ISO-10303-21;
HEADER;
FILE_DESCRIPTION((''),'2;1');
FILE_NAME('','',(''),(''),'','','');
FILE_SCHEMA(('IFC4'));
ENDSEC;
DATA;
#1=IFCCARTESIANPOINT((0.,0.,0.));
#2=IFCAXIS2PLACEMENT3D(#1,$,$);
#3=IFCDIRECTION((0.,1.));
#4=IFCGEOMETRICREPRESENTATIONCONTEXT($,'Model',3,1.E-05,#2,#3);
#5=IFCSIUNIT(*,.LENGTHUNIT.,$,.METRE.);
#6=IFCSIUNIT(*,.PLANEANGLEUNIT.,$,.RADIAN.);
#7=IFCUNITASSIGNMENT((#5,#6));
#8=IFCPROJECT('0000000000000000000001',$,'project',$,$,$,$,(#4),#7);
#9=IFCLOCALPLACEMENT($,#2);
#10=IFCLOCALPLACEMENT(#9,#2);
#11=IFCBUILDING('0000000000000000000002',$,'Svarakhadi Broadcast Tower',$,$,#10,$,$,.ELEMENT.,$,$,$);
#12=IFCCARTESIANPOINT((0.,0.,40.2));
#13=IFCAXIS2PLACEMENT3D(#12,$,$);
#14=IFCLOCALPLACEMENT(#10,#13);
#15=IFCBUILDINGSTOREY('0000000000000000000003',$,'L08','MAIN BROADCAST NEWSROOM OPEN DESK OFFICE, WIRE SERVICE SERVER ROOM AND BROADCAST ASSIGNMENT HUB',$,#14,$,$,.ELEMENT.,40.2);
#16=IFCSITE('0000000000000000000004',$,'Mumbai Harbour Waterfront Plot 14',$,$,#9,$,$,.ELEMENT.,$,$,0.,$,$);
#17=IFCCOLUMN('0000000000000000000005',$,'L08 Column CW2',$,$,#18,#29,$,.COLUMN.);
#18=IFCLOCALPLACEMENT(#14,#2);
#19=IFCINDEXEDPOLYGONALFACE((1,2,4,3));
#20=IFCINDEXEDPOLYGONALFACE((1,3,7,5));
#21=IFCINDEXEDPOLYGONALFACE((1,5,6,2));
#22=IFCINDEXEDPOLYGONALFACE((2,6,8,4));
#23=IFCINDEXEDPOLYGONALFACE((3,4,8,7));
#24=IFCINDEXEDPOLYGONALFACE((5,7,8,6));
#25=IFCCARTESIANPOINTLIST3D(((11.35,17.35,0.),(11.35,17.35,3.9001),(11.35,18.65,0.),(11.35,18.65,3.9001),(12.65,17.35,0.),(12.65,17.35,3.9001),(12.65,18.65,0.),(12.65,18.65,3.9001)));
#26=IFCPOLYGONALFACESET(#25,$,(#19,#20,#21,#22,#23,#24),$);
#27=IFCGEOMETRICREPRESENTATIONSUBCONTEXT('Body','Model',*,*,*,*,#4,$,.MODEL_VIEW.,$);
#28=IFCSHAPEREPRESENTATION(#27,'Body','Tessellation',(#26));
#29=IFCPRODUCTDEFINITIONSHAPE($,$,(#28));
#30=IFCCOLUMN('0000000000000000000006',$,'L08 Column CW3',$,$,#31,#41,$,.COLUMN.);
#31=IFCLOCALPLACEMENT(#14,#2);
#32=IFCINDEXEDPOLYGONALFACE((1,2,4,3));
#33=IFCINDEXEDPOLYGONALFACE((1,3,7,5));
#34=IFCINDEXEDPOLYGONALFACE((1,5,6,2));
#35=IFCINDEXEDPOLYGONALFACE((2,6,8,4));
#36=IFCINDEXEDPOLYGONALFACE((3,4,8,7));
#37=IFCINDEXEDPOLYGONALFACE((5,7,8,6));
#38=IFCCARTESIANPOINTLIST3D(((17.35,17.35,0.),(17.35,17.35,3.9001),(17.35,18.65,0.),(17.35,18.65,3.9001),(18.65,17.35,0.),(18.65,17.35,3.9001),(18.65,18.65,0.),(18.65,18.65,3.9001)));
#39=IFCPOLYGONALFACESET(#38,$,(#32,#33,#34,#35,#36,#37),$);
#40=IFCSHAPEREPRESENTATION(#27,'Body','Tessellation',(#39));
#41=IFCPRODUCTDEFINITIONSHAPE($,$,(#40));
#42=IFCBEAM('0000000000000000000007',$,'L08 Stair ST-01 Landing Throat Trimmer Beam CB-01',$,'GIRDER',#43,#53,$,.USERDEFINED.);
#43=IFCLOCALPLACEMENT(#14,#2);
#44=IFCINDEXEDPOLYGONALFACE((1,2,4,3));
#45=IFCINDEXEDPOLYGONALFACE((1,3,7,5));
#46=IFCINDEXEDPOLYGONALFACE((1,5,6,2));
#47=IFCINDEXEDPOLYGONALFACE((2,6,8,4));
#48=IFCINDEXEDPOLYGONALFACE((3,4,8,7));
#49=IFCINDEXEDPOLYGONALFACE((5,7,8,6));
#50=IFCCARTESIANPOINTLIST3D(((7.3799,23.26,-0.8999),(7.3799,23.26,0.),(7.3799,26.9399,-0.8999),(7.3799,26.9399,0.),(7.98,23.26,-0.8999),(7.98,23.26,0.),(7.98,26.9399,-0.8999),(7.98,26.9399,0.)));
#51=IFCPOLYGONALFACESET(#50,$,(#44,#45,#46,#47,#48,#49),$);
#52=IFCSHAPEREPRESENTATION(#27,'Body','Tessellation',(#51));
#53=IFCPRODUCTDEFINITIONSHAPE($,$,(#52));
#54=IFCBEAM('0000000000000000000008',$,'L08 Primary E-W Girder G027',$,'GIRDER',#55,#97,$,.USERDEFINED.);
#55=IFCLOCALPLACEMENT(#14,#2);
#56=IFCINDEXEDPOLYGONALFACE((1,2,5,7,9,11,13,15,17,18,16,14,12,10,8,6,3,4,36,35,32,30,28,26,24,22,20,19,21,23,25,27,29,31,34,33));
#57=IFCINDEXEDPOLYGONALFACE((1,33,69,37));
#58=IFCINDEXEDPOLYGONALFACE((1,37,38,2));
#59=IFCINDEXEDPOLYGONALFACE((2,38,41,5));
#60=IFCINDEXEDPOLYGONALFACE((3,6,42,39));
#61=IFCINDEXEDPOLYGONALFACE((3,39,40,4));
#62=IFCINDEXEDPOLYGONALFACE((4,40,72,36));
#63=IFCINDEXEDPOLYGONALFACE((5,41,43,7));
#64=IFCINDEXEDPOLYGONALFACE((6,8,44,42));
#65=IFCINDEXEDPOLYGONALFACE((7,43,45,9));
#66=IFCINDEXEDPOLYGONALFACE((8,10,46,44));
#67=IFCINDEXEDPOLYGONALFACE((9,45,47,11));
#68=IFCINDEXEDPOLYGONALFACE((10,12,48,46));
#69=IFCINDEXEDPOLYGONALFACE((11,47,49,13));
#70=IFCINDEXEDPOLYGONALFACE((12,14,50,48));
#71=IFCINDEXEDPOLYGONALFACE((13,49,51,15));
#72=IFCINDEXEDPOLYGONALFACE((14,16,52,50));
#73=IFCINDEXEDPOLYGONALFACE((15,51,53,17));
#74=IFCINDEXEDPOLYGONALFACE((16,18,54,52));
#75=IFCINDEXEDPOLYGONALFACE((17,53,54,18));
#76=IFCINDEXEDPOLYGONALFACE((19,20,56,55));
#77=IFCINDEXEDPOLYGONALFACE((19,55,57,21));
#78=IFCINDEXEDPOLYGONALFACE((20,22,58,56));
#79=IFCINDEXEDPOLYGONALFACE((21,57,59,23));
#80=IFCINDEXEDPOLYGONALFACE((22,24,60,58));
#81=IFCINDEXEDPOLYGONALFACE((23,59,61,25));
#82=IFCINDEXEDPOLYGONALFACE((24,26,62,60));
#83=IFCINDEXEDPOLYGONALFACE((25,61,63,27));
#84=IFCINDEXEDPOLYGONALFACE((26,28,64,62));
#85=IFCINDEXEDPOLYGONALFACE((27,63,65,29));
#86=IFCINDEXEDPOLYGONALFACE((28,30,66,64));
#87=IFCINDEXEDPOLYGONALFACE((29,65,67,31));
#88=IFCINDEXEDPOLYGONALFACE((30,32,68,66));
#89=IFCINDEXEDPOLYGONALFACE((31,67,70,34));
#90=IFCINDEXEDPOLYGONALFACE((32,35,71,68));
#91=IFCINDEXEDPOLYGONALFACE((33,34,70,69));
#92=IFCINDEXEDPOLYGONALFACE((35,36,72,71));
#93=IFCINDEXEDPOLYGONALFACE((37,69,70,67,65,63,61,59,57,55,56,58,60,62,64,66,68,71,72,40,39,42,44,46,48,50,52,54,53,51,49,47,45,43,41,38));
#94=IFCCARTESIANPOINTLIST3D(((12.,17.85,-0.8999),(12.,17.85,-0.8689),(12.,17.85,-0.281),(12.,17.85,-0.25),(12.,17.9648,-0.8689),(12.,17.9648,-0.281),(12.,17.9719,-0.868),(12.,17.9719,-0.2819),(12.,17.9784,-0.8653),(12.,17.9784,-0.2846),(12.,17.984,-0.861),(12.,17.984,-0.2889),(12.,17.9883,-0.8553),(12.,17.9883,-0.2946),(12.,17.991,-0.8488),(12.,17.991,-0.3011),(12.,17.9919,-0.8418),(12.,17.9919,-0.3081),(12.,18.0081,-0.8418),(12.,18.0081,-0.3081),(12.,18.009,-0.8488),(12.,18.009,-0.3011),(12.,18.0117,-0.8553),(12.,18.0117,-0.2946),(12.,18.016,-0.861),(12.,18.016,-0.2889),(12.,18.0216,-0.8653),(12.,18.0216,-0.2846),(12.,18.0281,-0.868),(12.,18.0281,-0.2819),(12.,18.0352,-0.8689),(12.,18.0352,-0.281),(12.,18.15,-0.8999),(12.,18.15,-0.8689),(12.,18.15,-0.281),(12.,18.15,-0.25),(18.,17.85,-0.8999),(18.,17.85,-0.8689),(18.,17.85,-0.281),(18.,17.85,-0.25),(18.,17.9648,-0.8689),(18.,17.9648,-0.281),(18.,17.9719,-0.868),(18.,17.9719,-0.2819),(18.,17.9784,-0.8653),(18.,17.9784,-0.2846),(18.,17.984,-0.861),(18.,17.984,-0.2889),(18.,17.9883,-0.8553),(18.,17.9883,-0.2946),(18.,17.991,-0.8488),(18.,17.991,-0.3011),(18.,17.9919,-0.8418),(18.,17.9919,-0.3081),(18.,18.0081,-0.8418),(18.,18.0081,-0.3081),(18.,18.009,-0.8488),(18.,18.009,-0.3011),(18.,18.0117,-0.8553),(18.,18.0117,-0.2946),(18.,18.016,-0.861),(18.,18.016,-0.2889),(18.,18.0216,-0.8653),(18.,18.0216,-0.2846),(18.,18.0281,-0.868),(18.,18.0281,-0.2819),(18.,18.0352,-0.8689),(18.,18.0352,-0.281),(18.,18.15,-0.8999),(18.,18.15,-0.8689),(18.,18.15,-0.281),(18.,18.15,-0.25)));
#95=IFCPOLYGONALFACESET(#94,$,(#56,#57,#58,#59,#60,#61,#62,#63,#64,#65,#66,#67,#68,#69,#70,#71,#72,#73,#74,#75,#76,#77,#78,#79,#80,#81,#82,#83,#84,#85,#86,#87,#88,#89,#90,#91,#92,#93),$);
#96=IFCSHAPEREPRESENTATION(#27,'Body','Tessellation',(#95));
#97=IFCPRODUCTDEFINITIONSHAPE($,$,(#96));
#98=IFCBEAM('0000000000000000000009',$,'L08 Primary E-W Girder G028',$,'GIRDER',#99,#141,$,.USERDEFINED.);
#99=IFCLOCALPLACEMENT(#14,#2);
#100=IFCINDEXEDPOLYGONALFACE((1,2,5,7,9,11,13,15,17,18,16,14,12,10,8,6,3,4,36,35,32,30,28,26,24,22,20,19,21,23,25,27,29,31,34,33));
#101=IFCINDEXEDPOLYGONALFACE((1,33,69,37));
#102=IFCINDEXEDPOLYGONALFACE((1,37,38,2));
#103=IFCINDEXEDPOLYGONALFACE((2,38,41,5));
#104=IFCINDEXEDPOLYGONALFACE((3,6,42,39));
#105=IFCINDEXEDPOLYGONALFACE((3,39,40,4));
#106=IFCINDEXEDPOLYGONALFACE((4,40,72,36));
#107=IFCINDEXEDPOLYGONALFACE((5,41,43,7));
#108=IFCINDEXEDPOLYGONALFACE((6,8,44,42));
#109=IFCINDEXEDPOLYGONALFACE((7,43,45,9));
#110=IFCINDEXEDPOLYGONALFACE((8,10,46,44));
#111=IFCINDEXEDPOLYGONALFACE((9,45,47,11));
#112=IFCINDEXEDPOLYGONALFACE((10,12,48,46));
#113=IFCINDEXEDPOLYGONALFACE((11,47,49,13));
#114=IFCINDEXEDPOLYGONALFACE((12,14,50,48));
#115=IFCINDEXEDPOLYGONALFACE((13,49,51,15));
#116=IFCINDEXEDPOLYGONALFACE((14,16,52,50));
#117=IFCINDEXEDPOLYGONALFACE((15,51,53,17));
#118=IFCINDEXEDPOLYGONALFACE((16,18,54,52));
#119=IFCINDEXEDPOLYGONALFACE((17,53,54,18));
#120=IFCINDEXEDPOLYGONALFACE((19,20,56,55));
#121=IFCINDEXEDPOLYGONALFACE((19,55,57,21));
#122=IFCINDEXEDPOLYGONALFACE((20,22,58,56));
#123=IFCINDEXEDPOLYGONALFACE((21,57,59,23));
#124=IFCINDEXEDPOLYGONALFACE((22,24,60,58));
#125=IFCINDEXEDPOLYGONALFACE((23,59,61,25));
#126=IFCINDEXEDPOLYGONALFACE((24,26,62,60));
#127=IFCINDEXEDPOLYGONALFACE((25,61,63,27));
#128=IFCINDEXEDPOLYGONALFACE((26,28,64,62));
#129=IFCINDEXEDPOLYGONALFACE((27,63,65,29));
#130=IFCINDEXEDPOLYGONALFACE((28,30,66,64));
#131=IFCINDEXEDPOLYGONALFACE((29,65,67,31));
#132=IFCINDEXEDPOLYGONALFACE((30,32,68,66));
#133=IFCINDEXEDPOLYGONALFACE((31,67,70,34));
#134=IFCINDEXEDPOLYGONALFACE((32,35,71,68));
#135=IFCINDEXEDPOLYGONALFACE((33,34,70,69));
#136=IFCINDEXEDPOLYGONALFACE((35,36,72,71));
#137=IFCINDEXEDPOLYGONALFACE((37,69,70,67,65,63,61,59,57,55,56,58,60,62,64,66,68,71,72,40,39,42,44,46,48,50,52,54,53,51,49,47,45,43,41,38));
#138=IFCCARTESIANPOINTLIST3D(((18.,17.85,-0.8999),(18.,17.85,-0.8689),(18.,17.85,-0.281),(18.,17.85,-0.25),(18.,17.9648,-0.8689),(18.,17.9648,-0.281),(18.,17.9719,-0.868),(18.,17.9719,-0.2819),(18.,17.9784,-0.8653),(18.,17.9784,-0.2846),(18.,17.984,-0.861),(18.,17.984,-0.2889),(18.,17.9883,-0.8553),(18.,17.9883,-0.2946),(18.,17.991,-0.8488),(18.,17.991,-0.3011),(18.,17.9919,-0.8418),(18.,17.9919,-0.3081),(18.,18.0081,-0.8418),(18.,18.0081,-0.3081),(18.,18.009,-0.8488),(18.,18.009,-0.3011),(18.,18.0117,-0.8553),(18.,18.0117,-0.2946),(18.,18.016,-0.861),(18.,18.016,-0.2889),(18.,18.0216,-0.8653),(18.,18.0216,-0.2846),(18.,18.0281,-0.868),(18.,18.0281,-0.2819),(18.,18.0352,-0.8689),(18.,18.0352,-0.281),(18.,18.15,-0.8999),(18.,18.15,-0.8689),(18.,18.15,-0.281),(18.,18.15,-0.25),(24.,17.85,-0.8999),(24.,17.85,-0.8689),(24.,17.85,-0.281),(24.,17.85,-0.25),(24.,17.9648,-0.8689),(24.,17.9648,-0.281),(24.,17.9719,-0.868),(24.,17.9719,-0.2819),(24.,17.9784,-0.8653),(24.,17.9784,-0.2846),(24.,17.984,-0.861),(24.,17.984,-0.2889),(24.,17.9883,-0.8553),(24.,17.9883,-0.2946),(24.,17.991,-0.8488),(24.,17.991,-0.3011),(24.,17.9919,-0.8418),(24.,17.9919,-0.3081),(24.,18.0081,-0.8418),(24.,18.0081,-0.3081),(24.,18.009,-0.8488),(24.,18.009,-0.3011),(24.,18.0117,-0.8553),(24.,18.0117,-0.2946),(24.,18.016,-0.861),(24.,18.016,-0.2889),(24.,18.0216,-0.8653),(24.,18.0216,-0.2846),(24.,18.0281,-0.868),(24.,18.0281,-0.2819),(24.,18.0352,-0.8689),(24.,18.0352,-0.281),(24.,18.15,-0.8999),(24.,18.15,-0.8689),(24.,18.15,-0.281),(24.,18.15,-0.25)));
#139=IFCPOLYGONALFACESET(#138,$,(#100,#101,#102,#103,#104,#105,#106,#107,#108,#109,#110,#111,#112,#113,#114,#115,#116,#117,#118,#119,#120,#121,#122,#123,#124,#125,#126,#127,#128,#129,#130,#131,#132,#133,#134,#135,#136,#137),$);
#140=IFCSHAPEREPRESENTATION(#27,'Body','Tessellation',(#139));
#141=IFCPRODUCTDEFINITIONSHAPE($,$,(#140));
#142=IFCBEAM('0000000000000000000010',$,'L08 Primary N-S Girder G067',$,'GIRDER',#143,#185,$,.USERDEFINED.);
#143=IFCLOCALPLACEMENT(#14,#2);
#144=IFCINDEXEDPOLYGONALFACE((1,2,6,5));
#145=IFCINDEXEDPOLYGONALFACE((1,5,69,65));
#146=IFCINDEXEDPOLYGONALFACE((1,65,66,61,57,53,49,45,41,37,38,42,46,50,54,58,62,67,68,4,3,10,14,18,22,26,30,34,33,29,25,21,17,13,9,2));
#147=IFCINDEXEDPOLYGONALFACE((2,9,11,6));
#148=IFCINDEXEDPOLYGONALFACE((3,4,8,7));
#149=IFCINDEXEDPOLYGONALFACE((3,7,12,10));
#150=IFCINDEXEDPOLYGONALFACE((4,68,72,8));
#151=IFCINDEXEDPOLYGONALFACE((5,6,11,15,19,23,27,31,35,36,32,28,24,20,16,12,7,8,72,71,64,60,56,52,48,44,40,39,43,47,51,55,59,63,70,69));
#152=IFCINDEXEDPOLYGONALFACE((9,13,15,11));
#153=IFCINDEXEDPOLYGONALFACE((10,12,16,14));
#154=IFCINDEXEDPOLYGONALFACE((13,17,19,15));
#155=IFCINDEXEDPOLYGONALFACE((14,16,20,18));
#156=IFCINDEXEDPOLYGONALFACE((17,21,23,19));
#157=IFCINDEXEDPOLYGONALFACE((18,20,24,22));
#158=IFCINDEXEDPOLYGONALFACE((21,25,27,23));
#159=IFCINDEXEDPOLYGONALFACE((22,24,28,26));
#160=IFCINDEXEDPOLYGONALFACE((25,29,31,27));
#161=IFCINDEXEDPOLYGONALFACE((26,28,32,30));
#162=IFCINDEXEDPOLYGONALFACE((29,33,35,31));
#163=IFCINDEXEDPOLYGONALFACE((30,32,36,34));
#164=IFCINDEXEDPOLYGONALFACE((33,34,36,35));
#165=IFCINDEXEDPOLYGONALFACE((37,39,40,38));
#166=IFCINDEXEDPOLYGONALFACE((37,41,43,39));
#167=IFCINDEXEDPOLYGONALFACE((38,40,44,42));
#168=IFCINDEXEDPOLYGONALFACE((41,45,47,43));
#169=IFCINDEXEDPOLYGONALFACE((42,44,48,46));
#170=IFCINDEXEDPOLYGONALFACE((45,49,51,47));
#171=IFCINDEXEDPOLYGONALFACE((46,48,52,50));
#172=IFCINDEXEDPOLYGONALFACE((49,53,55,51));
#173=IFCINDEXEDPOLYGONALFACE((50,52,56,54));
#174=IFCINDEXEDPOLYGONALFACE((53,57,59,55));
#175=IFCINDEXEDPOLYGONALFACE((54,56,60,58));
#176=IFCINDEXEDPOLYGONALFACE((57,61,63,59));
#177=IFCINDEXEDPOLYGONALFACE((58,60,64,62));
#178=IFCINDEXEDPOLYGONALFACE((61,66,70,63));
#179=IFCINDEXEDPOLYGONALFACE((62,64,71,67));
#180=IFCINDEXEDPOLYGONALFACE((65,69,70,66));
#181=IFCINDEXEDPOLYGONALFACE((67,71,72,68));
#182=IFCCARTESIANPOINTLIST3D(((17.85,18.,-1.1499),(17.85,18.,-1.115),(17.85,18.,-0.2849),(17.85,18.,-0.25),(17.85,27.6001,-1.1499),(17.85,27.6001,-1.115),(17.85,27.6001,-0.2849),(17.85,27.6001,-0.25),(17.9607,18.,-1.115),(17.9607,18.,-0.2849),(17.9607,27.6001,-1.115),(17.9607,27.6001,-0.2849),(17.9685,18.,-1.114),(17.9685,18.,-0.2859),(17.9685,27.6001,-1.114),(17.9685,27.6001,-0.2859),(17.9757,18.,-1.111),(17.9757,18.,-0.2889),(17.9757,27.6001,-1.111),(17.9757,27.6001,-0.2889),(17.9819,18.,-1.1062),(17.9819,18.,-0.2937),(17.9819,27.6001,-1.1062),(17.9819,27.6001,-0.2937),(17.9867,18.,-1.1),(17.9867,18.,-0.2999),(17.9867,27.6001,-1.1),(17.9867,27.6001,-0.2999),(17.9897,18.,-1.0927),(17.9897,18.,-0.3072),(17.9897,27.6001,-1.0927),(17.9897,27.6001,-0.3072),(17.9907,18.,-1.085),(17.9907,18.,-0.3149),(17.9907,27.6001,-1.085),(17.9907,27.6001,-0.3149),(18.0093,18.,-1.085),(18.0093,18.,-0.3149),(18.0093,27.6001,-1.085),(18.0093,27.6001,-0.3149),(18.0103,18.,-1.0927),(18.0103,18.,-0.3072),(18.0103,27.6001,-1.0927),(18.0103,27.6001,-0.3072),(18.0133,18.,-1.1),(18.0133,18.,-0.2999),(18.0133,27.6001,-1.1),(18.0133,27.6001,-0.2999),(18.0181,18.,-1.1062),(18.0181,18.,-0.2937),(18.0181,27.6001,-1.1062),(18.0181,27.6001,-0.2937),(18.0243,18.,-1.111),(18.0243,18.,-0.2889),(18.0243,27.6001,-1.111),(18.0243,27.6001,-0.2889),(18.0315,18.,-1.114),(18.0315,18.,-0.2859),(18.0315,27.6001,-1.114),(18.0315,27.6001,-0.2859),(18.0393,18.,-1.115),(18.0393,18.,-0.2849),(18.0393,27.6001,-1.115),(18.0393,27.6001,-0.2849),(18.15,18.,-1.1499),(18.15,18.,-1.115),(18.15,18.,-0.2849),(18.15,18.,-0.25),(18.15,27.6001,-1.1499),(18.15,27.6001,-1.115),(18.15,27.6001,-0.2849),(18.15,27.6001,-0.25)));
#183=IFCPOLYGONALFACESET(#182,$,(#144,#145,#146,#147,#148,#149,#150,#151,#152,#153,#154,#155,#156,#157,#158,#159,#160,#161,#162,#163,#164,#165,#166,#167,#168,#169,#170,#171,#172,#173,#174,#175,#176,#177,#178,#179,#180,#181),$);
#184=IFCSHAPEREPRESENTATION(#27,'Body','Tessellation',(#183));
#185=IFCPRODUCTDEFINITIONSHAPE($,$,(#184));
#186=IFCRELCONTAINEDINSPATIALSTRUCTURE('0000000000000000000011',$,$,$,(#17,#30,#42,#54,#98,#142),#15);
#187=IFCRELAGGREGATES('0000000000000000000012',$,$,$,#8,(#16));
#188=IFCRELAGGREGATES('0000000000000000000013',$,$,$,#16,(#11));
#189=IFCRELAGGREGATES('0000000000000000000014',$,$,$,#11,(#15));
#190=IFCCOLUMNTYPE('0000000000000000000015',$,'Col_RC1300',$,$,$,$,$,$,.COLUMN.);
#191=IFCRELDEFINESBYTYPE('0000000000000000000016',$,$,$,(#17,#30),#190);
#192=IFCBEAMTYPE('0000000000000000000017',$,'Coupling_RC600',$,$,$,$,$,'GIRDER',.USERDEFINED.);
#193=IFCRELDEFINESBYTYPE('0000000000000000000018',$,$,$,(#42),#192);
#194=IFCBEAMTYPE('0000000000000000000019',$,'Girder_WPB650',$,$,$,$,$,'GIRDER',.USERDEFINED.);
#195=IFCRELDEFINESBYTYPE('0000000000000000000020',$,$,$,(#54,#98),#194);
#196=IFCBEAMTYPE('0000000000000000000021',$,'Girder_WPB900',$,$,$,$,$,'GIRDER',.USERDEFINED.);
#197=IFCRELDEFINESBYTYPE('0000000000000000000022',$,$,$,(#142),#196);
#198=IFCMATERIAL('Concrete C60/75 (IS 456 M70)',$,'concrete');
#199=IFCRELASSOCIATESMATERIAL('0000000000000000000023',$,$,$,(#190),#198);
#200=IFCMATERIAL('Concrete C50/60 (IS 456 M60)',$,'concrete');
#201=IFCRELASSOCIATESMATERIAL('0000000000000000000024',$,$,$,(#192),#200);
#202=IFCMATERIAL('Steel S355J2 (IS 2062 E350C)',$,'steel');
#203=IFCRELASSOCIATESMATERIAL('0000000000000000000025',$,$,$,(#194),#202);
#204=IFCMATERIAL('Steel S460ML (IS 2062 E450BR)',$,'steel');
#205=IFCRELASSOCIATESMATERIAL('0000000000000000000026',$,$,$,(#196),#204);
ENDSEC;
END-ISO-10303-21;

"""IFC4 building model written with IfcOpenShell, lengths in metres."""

from ifc_helpers import new_model, si_unit, direction, frame, origin, origin_2d, place, context, subcontext, project, spatial, rectangle, i_section, extrude, material, material_profile, profile_set, type_object, element, save


model = new_model("IFC4")

# Units and contexts
model_context = context("Model", 3, precision=1e-05, world=origin(), true_north=direction((0.0, 1.0)))
body_context = subcontext(model_context, "Body", "Model", "MODEL_VIEW")
ifc_project = project(units=[si_unit("LENGTHUNIT", "METRE"), si_unit("PLANEANGLEUNIT", "RADIAN")], contexts=[model_context])

# Site, building, storey
site_placement = place(None, origin())
site = spatial("IfcSite", under=ifc_project, at=site_placement, Name="Mumbai Harbour Waterfront Plot 14", CompositionType="ELEMENT", RefElevation=0.0)
building_placement = place(site_placement, origin())
building = spatial("IfcBuilding", under=site, at=building_placement, Name="Svarakhadi Broadcast Tower", CompositionType="ELEMENT")
storey_placement = place(building_placement, frame((0.0, 0.0, 40.2)))
storey = spatial("IfcBuildingStorey", under=building, at=storey_placement, Name="L08", Description="MAIN BROADCAST NEWSROOM OPEN DESK OFFICE, WIRE SERVICE SERVER ROOM AND BROADCAST ASSIGNMENT HUB", CompositionType="ELEMENT", Elevation=40.2)

# Columns
ifc_material_1 = material(Name="Concrete C60/75 (IS 456 M70)", Category="concrete")
ifc_material_profile_1 = material_profile(ifc_material_1, rectangle(XDim=1.3, YDim=1.3, at=origin_2d()), Name="RC 1300x1300")
ifc_profile_set_1 = profile_set([ifc_material_profile_1], Name="Concrete C60/75 (IS 456 M70)")
column_type = type_object("IfcColumnType", Name="Col_RC1300", PredefinedType="COLUMN", material=ifc_profile_set_1)
for number, where, z_axis, x_axis, name in (
    (1, (12.0, 18.0, 0.0), (0.0, 0.0, 1.0), (1.0, 0.0, 0.0), "L08 Column CW2"),
    (2, (18.0, 18.0, 0.0), (0.0, 0.0, 1.0), (1.0, 0.0, 0.0), "L08 Column CW3"),
):
    element("IfcColumn", number, at=place(storey_placement, frame(where, z_axis=z_axis, x_axis=x_axis)), inside=storey, type_object=column_type, Name=name, PredefinedType="COLUMN", context=body_context, shape_type="SweptSolid", body=[
        extrude(rectangle(XDim=1.3, YDim=1.3, at=origin_2d()), origin(), (0.0, 0.0, 1.0), 3.9001),
    ])

# Beams
ifc_material_2 = material(Name="Concrete C50/60 (IS 456 M60)", Category="concrete")
ifc_material_profile_2 = material_profile(ifc_material_2, rectangle(XDim=0.6001, YDim=0.8999, at=origin_2d()), Name="RC 600x900")
ifc_profile_set_2 = profile_set([ifc_material_profile_2], Name="Concrete C50/60 (IS 456 M60)")
beam_type_1 = type_object("IfcBeamType", Name="Coupling_RC600", ElementType="GIRDER", PredefinedType="USERDEFINED", material=ifc_profile_set_2)
beam_1_placement = place(storey_placement, frame((7.6799, 23.26, -0.45), z_axis=(0.0, 1.0, 0.0), x_axis=(-1.0, 0.0, 0.0)))
element("IfcBeam", 3, at=beam_1_placement, inside=storey, type_object=beam_type_1, Name="L08 Stair ST-01 Landing Throat Trimmer Beam CB-01", ObjectType="GIRDER", PredefinedType="USERDEFINED", context=body_context, shape_type="SweptSolid", body=[
    extrude(rectangle(XDim=0.6001, YDim=0.8999, at=origin_2d()), origin(), (0.0, 0.0, 1.0), 3.6799),
])
ifc_material_3 = material(Name="Steel S355J2 (IS 2062 E350C)", Category="steel")
ifc_material_profile_3 = material_profile(ifc_material_3, i_section(OverallWidth=0.3, OverallDepth=0.6499, WebThickness=0.0161, FlangeThickness=0.031, FilletRadius=0.0271, at=origin_2d()), Name="WPB 650x300x225")
ifc_profile_set_3 = profile_set([ifc_material_profile_3], Name="Steel S355J2 (IS 2062 E350C)")
beam_type_2 = type_object("IfcBeamType", Name="Girder_WPB650", ElementType="GIRDER", PredefinedType="USERDEFINED", material=ifc_profile_set_3)
for number, where, z_axis, x_axis, name in (
    (4, (12.0, 18.0, -0.575), (1.0, 0.0, 0.0), (0.0, 1.0, 0.0), "L08 Primary E-W Girder G027"),
    (5, (18.0, 18.0, -0.575), (1.0, 0.0, 0.0), (0.0, 1.0, 0.0), "L08 Primary E-W Girder G028"),
):
    element("IfcBeam", number, at=place(storey_placement, frame(where, z_axis=z_axis, x_axis=x_axis)), inside=storey, type_object=beam_type_2, Name=name, ObjectType="GIRDER", PredefinedType="USERDEFINED", context=body_context, shape_type="SweptSolid", body=[
        extrude(i_section(OverallWidth=0.3, OverallDepth=0.6499, WebThickness=0.0161, FlangeThickness=0.031, FilletRadius=0.0271, at=origin_2d()), origin(), (0.0, 0.0, 1.0), 6.0),
    ])
ifc_material_4 = material(Name="Steel S460ML (IS 2062 E450BR)", Category="steel")
ifc_material_profile_4 = material_profile(ifc_material_4, i_section(OverallWidth=0.3, OverallDepth=0.8999, WebThickness=0.0186, FlangeThickness=0.0349, FilletRadius=0.03, at=origin_2d()), Name="WPB 900x300x291")
ifc_profile_set_4 = profile_set([ifc_material_profile_4], Name="Steel S460ML (IS 2062 E450BR)")
beam_type_3 = type_object("IfcBeamType", Name="Girder_WPB900", ElementType="GIRDER", PredefinedType="USERDEFINED", material=ifc_profile_set_4)
beam_2_placement = place(storey_placement, frame((18.0, 18.0, -0.7), z_axis=(0.0, 1.0, 0.0), x_axis=(-1.0, 0.0, 0.0)))
element("IfcBeam", 6, at=beam_2_placement, inside=storey, type_object=beam_type_3, Name="L08 Primary N-S Girder G067", ObjectType="GIRDER", PredefinedType="USERDEFINED", context=body_context, shape_type="SweptSolid", body=[
    extrude(i_section(OverallWidth=0.3, OverallDepth=0.8999, WebThickness=0.0186, FlangeThickness=0.0349, FilletRadius=0.03, at=origin_2d()), origin(), (0.0, 0.0, 1.0), 9.6001),
])

save(model, "model.ifc")
